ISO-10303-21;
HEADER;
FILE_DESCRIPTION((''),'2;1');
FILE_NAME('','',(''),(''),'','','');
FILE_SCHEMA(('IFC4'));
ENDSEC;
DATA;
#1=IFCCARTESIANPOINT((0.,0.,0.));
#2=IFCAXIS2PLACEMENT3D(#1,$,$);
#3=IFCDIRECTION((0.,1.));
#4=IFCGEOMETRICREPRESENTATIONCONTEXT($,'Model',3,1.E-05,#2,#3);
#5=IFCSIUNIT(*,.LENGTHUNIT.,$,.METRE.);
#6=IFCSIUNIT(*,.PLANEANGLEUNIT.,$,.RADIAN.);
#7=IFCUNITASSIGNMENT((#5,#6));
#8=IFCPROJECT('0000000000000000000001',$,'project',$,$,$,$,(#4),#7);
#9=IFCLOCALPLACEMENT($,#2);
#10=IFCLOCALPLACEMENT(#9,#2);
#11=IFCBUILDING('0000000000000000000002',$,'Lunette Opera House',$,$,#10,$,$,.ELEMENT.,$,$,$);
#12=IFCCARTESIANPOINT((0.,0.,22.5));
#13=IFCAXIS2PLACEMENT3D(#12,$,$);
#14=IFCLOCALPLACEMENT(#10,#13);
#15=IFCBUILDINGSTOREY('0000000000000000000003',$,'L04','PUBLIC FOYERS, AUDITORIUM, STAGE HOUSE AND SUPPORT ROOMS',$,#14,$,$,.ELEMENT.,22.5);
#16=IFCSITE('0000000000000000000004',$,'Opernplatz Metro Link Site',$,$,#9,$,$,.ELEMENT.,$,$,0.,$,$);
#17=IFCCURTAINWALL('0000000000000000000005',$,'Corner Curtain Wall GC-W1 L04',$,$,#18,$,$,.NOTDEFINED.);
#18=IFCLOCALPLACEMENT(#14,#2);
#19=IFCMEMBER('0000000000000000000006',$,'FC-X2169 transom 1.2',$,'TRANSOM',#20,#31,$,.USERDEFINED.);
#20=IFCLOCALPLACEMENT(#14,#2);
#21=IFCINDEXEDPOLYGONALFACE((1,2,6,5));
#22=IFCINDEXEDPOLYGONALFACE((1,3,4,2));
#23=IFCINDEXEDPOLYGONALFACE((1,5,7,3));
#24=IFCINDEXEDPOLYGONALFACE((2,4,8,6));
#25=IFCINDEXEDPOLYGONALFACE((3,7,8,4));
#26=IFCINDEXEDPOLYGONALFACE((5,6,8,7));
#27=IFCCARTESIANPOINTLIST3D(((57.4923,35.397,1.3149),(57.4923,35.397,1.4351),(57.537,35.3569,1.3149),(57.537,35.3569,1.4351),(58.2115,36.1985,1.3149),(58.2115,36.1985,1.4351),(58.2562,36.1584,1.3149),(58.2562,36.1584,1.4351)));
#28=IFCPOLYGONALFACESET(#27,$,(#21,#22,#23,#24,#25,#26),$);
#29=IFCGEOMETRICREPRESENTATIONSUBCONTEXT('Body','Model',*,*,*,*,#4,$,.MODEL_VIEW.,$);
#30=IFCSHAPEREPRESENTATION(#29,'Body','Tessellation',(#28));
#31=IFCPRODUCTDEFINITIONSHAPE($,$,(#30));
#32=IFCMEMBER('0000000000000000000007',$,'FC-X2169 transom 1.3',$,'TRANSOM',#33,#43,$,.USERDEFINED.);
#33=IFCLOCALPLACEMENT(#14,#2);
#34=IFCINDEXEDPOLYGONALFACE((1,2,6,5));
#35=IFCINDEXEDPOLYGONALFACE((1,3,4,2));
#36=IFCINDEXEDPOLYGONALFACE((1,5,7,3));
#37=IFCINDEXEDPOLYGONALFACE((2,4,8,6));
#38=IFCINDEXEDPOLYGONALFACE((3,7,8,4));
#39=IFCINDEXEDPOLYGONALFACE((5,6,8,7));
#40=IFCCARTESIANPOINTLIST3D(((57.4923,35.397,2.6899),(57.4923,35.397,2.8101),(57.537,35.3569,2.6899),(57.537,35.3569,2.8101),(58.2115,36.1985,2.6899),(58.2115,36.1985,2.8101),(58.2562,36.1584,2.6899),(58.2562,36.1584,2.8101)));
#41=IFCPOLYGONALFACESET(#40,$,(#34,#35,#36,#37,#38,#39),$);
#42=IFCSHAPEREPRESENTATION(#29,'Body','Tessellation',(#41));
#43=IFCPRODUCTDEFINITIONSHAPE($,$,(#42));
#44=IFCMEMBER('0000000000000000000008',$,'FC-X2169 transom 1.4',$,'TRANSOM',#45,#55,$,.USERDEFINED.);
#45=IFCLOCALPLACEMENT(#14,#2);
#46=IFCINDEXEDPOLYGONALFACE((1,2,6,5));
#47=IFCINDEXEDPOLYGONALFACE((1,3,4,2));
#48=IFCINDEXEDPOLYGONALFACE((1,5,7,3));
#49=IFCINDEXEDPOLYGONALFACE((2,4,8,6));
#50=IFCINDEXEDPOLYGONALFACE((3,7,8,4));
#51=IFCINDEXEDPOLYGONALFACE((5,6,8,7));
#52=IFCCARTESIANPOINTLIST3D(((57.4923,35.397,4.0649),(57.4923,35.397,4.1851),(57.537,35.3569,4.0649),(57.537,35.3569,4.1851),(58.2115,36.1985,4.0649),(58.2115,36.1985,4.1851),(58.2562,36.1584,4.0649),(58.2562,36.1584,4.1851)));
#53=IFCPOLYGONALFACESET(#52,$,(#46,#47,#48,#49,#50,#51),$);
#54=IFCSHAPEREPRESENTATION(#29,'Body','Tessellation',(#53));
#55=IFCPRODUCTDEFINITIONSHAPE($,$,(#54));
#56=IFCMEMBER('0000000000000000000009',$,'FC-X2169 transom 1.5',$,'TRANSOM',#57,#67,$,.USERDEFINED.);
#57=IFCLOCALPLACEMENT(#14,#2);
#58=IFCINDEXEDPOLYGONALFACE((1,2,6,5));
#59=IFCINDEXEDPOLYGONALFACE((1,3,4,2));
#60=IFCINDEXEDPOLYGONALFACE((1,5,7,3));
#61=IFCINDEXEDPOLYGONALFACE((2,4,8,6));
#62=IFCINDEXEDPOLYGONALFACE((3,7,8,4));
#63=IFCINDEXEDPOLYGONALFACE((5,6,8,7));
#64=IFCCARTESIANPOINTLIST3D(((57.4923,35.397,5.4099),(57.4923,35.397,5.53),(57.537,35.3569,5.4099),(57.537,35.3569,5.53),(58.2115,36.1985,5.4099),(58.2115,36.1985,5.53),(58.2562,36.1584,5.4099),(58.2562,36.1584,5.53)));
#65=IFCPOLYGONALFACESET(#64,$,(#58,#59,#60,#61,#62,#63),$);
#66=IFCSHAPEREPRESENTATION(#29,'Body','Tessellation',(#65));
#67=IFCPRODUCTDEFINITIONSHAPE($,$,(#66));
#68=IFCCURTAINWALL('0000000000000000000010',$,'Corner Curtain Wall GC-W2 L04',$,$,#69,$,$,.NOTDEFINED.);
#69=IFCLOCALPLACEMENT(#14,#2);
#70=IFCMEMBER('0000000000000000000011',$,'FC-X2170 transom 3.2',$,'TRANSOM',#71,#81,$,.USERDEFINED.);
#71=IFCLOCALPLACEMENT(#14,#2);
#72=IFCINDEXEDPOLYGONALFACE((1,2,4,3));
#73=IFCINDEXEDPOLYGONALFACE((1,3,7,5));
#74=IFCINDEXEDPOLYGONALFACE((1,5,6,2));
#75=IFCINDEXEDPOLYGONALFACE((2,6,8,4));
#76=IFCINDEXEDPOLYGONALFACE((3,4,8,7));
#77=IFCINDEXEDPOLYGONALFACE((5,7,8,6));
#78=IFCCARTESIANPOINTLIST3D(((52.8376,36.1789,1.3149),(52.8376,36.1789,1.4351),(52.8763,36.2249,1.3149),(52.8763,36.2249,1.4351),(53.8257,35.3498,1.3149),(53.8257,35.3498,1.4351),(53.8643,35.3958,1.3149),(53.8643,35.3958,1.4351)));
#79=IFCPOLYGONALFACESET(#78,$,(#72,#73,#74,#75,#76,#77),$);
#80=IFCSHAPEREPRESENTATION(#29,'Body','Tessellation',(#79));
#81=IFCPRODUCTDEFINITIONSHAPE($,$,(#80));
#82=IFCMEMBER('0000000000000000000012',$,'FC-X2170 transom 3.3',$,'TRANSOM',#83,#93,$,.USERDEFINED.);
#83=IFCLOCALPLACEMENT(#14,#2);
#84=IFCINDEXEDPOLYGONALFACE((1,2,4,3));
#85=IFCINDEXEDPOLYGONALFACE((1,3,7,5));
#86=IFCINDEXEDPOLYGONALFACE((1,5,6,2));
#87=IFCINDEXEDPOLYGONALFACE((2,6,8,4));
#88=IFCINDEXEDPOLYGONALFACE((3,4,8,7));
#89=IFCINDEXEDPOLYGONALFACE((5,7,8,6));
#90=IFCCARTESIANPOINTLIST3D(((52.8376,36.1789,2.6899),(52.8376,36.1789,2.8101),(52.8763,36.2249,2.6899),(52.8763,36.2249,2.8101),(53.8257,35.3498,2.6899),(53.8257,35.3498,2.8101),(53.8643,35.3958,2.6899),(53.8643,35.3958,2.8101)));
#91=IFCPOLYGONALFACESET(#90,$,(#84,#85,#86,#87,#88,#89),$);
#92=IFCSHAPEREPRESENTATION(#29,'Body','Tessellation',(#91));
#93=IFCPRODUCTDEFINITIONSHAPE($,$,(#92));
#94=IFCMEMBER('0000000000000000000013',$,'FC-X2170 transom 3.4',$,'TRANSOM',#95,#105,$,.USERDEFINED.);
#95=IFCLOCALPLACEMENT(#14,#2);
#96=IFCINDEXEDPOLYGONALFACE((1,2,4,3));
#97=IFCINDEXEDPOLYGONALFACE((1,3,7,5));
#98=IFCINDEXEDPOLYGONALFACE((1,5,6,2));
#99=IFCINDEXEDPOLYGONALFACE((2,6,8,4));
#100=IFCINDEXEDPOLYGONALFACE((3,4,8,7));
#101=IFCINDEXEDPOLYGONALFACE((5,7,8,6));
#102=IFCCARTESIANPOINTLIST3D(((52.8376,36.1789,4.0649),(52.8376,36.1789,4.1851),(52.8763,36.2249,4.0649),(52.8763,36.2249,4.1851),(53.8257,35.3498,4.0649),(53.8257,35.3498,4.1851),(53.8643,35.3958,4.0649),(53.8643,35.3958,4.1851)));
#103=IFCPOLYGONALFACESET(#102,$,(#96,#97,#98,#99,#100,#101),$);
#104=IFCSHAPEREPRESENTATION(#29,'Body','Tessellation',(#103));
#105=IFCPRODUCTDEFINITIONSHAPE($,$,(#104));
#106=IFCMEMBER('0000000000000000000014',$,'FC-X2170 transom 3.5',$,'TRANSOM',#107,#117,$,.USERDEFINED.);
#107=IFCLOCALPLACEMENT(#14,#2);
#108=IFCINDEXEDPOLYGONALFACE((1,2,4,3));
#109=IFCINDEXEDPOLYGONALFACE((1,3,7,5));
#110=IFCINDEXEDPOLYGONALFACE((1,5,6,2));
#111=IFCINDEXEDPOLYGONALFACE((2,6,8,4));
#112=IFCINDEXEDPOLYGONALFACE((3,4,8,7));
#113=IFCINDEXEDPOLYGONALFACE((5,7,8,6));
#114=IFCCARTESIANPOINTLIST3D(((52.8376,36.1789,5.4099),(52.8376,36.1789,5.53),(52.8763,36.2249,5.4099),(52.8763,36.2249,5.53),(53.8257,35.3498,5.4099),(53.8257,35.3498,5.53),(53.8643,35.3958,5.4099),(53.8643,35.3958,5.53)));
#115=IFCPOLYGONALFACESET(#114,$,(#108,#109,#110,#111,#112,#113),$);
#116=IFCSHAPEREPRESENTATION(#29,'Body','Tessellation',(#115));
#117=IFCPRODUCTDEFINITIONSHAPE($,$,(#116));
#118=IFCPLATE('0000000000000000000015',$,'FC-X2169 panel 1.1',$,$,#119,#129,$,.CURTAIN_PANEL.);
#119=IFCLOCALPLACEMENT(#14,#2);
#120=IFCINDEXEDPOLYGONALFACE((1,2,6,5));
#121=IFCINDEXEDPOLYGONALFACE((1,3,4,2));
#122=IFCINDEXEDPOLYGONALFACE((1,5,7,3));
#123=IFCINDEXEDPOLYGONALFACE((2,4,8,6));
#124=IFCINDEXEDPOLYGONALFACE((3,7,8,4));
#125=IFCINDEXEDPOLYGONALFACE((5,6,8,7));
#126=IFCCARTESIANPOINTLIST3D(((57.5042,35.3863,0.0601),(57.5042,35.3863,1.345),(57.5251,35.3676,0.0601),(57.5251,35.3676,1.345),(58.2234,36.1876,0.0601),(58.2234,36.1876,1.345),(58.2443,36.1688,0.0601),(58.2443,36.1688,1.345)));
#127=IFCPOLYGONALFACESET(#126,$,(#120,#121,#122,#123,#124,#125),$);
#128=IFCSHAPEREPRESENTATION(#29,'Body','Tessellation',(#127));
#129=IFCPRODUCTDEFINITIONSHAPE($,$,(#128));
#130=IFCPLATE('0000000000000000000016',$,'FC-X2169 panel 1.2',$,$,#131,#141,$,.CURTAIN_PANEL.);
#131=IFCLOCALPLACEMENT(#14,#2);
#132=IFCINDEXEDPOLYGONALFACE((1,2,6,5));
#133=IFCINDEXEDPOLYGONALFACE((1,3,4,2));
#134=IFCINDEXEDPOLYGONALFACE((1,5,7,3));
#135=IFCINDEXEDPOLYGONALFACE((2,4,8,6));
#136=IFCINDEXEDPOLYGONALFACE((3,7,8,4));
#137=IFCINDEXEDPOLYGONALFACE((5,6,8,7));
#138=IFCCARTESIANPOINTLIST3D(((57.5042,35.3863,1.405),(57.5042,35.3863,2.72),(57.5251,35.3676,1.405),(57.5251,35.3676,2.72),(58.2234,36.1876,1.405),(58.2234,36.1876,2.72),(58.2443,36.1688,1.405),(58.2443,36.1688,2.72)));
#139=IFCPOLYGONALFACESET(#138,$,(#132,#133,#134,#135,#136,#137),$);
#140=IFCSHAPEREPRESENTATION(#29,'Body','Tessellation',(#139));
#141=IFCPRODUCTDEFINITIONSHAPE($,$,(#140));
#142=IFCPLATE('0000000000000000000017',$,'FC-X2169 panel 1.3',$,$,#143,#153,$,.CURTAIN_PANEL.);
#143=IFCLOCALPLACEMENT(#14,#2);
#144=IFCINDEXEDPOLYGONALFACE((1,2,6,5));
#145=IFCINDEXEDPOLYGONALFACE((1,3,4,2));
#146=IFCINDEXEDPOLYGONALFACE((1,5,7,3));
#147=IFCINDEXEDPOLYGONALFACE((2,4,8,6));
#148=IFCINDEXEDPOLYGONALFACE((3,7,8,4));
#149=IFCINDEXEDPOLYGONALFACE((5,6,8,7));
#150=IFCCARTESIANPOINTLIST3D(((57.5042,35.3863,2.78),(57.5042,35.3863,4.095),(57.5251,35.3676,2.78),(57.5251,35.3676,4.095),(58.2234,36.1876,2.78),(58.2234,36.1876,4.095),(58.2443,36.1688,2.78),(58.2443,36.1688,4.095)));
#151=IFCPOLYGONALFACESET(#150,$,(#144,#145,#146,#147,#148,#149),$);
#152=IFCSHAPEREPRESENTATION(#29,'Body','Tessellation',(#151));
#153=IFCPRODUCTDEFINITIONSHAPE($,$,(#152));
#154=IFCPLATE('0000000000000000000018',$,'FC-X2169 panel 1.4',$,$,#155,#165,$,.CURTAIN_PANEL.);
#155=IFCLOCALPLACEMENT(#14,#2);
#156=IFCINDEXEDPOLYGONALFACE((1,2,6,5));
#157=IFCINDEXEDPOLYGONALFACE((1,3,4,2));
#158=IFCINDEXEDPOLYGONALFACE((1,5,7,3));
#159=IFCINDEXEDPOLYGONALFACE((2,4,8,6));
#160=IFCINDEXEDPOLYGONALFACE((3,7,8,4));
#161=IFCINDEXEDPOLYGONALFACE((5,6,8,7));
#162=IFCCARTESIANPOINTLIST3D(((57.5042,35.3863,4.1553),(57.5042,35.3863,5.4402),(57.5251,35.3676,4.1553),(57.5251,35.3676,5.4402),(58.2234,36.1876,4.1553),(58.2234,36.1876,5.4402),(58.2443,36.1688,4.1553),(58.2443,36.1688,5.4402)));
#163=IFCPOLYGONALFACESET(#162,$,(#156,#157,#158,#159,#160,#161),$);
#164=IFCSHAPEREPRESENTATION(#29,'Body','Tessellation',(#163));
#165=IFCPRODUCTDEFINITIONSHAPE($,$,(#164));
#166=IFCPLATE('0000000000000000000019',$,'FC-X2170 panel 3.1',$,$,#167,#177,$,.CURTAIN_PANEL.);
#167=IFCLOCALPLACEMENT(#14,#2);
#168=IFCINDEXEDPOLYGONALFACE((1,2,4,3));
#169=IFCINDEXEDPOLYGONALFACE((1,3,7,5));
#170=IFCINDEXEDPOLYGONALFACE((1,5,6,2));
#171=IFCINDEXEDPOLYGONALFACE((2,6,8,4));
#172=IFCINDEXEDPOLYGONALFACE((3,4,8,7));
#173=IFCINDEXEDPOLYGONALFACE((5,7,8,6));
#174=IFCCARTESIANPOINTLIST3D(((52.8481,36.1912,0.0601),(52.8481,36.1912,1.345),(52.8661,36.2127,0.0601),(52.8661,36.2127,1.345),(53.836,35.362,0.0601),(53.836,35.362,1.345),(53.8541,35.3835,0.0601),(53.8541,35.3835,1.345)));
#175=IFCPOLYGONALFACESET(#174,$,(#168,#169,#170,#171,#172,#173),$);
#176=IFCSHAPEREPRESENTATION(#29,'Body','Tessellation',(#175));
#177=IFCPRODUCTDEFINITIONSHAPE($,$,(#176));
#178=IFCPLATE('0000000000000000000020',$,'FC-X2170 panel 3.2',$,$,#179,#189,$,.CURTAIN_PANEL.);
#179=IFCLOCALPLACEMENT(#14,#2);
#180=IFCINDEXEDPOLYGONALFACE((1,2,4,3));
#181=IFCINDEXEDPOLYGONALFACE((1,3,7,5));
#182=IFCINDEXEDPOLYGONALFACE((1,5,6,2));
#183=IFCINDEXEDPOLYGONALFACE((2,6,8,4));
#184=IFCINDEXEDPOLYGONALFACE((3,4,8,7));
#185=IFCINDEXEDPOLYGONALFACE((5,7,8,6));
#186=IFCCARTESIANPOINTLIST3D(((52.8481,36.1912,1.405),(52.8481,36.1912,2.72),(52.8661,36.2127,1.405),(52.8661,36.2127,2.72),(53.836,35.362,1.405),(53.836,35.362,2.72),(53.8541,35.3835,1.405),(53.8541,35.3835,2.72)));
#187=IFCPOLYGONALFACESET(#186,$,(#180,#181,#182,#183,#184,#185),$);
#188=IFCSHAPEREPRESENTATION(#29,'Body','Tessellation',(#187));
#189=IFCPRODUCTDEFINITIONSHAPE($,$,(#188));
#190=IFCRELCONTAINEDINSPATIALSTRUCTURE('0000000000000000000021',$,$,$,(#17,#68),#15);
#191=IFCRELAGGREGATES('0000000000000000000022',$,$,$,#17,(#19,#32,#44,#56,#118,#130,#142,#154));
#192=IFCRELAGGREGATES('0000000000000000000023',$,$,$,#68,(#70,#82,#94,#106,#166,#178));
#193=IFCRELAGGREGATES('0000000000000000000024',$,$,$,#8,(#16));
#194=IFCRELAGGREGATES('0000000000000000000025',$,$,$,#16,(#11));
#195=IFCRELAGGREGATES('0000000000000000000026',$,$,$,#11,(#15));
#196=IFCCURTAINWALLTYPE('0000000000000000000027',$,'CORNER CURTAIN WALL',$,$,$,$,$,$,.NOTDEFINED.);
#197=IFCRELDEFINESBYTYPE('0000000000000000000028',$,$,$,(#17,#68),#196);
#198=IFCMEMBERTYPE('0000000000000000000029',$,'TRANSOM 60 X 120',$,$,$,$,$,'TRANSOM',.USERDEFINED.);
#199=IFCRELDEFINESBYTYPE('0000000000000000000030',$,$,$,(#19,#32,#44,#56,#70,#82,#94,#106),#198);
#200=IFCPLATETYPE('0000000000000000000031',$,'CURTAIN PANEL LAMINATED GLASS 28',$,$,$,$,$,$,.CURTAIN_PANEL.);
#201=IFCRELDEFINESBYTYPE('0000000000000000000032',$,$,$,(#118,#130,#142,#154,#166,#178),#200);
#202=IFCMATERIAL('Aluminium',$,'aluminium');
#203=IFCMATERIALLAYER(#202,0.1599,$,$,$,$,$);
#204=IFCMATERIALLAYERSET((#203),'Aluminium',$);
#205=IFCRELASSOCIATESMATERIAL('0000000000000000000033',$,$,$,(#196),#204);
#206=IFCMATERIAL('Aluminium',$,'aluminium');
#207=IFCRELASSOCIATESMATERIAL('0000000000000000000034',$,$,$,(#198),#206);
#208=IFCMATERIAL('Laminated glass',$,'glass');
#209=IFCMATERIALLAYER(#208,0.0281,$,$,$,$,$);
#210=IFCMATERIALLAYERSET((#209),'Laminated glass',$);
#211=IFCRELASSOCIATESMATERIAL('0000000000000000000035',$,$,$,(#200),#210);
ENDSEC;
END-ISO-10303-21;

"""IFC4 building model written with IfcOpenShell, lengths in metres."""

from ifc_helpers import new_model, si_unit, direction, frame, origin, origin_2d, place, context, subcontext, project, spatial, rectangle, extrude, material, layer, layer_set, material_profile, profile_set, type_object, element, aggregate, save


model = new_model("IFC4")

# Units and contexts
model_context = context("Model", 3, precision=1e-05, world=origin(), true_north=direction((0.0, 1.0)))
body_context = subcontext(model_context, "Body", "Model", "MODEL_VIEW")
ifc_project = project(units=[si_unit("LENGTHUNIT", "METRE"), si_unit("PLANEANGLEUNIT", "RADIAN")], contexts=[model_context])

# Site, building, storey
site_placement = place(None, origin())
site = spatial("IfcSite", under=ifc_project, at=site_placement, Name="Opernplatz Metro Link Site", CompositionType="ELEMENT", RefElevation=0.0)
building_placement = place(site_placement, origin())
building = spatial("IfcBuilding", under=site, at=building_placement, Name="Lunette Opera House", CompositionType="ELEMENT")
storey_placement = place(building_placement, frame((0.0, 0.0, 22.5)))
storey = spatial("IfcBuildingStorey", under=building, at=storey_placement, Name="L04", Description="PUBLIC FOYERS, AUDITORIUM, STAGE HOUSE AND SUPPORT ROOMS", CompositionType="ELEMENT", Elevation=22.5)

# Curtain wall
ifc_material_1 = material(Name="Aluminium", Category="aluminium")
ifc_layer_1 = layer(ifc_material_1, 0.1599)
ifc_layer_set_1 = layer_set([ifc_layer_1], Name="Aluminium")
curtain_wall_type = type_object("IfcCurtainWallType", Name="CORNER CURTAIN WALL", PredefinedType="NOTDEFINED", material=ifc_layer_set_1)
curtain_wall_1_placement = place(storey_placement, origin())
curtain_wall_1 = element("IfcCurtainWall", 1, at=curtain_wall_1_placement, inside=storey, type_object=curtain_wall_type, Name="Corner Curtain Wall GC-W1 L04", PredefinedType="NOTDEFINED")

# Members
ifc_material_2 = material(Name="Aluminium", Category="aluminium")
ifc_material_profile_1 = material_profile(ifc_material_2, rectangle(XDim=0.0601, YDim=0.1201, at=origin_2d()), Name="TRANSOM 60 X 120")
ifc_profile_set_1 = profile_set([ifc_material_profile_1], Name="Aluminium")
member_type_1 = type_object("IfcMemberType", Name="TRANSOM 60 X 120", ElementType="TRANSOM", PredefinedType="USERDEFINED", material=ifc_profile_set_1)
member_1_placement = place(storey_placement, frame((58.2339, 36.1785, 1.375), z_axis=(-0.667874, -0.744274, 0.0), x_axis=(0.744274, -0.667874, 0.0)))
member_1 = element("IfcMember", 2, at=member_1_placement, type_object=member_type_1, Name="FC-X2169 transom 1.2", ObjectType="TRANSOM", PredefinedType="USERDEFINED", context=body_context, shape_type="SweptSolid", body=[
    extrude(rectangle(XDim=0.0601, YDim=0.1201, at=origin_2d()), origin(), (0.0, 0.0, 1.0), 1.0769),
])
member_2_placement = place(storey_placement, frame((58.2339, 36.1785, 2.75), z_axis=(-0.667874, -0.744274, 0.0), x_axis=(0.744274, -0.667874, 0.0)))
member_2 = element("IfcMember", 3, at=member_2_placement, type_object=member_type_1, Name="FC-X2169 transom 1.3", ObjectType="TRANSOM", PredefinedType="USERDEFINED", context=body_context, shape_type="SweptSolid", body=[
    extrude(rectangle(XDim=0.0601, YDim=0.1201, at=origin_2d()), origin(), (0.0, 0.0, 1.0), 1.0769),
])
member_3_placement = place(storey_placement, frame((58.2339, 36.1785, 4.125), z_axis=(-0.667874, -0.744274, 0.0), x_axis=(0.744274, -0.667874, 0.0)))
member_3 = element("IfcMember", 4, at=member_3_placement, type_object=member_type_1, Name="FC-X2169 transom 1.4", ObjectType="TRANSOM", PredefinedType="USERDEFINED", context=body_context, shape_type="SweptSolid", body=[
    extrude(rectangle(XDim=0.0601, YDim=0.1201, at=origin_2d()), origin(), (0.0, 0.0, 1.0), 1.0769),
])
member_4_placement = place(storey_placement, frame((58.2339, 36.1785, 5.47), z_axis=(-0.667874, -0.744274, 0.0), x_axis=(0.744274, -0.667874, 0.0)))
member_4 = element("IfcMember", 5, at=member_4_placement, type_object=member_type_1, Name="FC-X2169 transom 1.5", ObjectType="TRANSOM", PredefinedType="USERDEFINED", context=body_context, shape_type="SweptSolid", body=[
    extrude(rectangle(XDim=0.0601, YDim=0.1201, at=origin_2d()), origin(), (0.0, 0.0, 1.0), 1.0769),
])

# Curtain wall, members
curtain_wall_2_placement = place(storey_placement, origin())
curtain_wall_2 = element("IfcCurtainWall", 6, at=curtain_wall_2_placement, inside=storey, type_object=curtain_wall_type, Name="Corner Curtain Wall GC-W2 L04", PredefinedType="NOTDEFINED")
member_5_placement = place(storey_placement, frame((53.845, 35.3728, 1.375), z_axis=(-0.766029, 0.642806, 0.0), x_axis=(-0.642806, -0.766029, 0.0)))
member_5 = element("IfcMember", 7, at=member_5_placement, type_object=member_type_1, Name="FC-X2170 transom 3.2", ObjectType="TRANSOM", PredefinedType="USERDEFINED", context=body_context, shape_type="SweptSolid", body=[
    extrude(rectangle(XDim=0.0601, YDim=0.1201, at=origin_2d()), origin(), (0.0, 0.0, 1.0), 1.2898),
])
member_6_placement = place(storey_placement, frame((53.845, 35.3728, 2.75), z_axis=(-0.766029, 0.642806, 0.0), x_axis=(-0.642806, -0.766029, 0.0)))
member_6 = element("IfcMember", 8, at=member_6_placement, type_object=member_type_1, Name="FC-X2170 transom 3.3", ObjectType="TRANSOM", PredefinedType="USERDEFINED", context=body_context, shape_type="SweptSolid", body=[
    extrude(rectangle(XDim=0.0601, YDim=0.1201, at=origin_2d()), origin(), (0.0, 0.0, 1.0), 1.2898),
])
member_7_placement = place(storey_placement, frame((53.845, 35.3728, 4.125), z_axis=(-0.766029, 0.642806, 0.0), x_axis=(-0.642806, -0.766029, 0.0)))
member_7 = element("IfcMember", 9, at=member_7_placement, type_object=member_type_1, Name="FC-X2170 transom 3.4", ObjectType="TRANSOM", PredefinedType="USERDEFINED", context=body_context, shape_type="SweptSolid", body=[
    extrude(rectangle(XDim=0.0601, YDim=0.1201, at=origin_2d()), origin(), (0.0, 0.0, 1.0), 1.2898),
])
member_8_placement = place(storey_placement, frame((53.845, 35.3728, 5.47), z_axis=(-0.766029, 0.642806, 0.0), x_axis=(-0.642806, -0.766029, 0.0)))
member_8 = element("IfcMember", 10, at=member_8_placement, type_object=member_type_1, Name="FC-X2170 transom 3.5", ObjectType="TRANSOM", PredefinedType="USERDEFINED", context=body_context, shape_type="SweptSolid", body=[
    extrude(rectangle(XDim=0.0601, YDim=0.1201, at=origin_2d()), origin(), (0.0, 0.0, 1.0), 1.2898),
])

# Plates
ifc_material_3 = material(Name="Laminated glass", Category="glass")
ifc_layer_2 = layer(ifc_material_3, 0.0281)
ifc_layer_set_2 = layer_set([ifc_layer_2], Name="Laminated glass")
plate_type = type_object("IfcPlateType", Name="CURTAIN PANEL LAMINATED GLASS 28", PredefinedType="CURTAIN_PANEL", material=ifc_layer_set_2)
plate_1_placement = place(storey_placement, frame((57.8743, 35.7776, 0.0601), z_axis=(0.0, 0.0, 1.0), x_axis=(-0.667938, -0.744217, 0.0)))
plate_1 = element("IfcPlate", 11, at=plate_1_placement, type_object=plate_type, Name="FC-X2169 panel 1.1", PredefinedType="CURTAIN_PANEL", context=body_context, shape_type="SweptSolid", body=[
    extrude(rectangle(XDim=1.0767, YDim=0.0281, at=origin_2d()), origin(), (0.0, 0.0, 1.0), 1.2849),
])
plate_2_placement = place(storey_placement, frame((57.8743, 35.7776, 1.405), z_axis=(0.0, 0.0, 1.0), x_axis=(-0.667938, -0.744217, 0.0)))
plate_2 = element("IfcPlate", 12, at=plate_2_placement, type_object=plate_type, Name="FC-X2169 panel 1.2", PredefinedType="CURTAIN_PANEL", context=body_context, shape_type="SweptSolid", body=[
    extrude(rectangle(XDim=1.0767, YDim=0.0281, at=origin_2d()), origin(), (0.0, 0.0, 1.0), 1.3149),
])
plate_3_placement = place(storey_placement, frame((57.8743, 35.7776, 2.78), z_axis=(0.0, 0.0, 1.0), x_axis=(-0.667938, -0.744217, 0.0)))
plate_3 = element("IfcPlate", 13, at=plate_3_placement, type_object=plate_type, Name="FC-X2169 panel 1.3", PredefinedType="CURTAIN_PANEL", context=body_context, shape_type="SweptSolid", body=[
    extrude(rectangle(XDim=1.0767, YDim=0.0281, at=origin_2d()), origin(), (0.0, 0.0, 1.0), 1.3149),
])
plate_4_placement = place(storey_placement, frame((57.8743, 35.7776, 4.1553), z_axis=(0.0, 0.0, 1.0), x_axis=(-0.667938, -0.744217, 0.0)))
plate_4 = element("IfcPlate", 14, at=plate_4_placement, type_object=plate_type, Name="FC-X2169 panel 1.4", PredefinedType="CURTAIN_PANEL", context=body_context, shape_type="SweptSolid", body=[
    extrude(rectangle(XDim=1.0767, YDim=0.0281, at=origin_2d()), origin(), (0.0, 0.0, 1.0), 1.2849),
])
aggregate(curtain_wall_1, [member_1, member_2, member_3, member_4, plate_1, plate_2, plate_3, plate_4])
plate_5_placement = place(storey_placement, frame((53.3511, 35.7874, 0.0601), z_axis=(0.0, 0.0, 1.0), x_axis=(-0.766, 0.64284, 0.0)))
plate_5 = element("IfcPlate", 15, at=plate_5_placement, type_object=plate_type, Name="FC-X2170 panel 3.1", PredefinedType="CURTAIN_PANEL", context=body_context, shape_type="SweptSolid", body=[
    extrude(rectangle(XDim=1.2898, YDim=0.0281, at=origin_2d()), origin(), (0.0, 0.0, 1.0), 1.2849),
])
plate_6_placement = place(storey_placement, frame((53.3511, 35.7874, 1.405), z_axis=(0.0, 0.0, 1.0), x_axis=(-0.766, 0.64284, 0.0)))
plate_6 = element("IfcPlate", 16, at=plate_6_placement, type_object=plate_type, Name="FC-X2170 panel 3.2", PredefinedType="CURTAIN_PANEL", context=body_context, shape_type="SweptSolid", body=[
    extrude(rectangle(XDim=1.2898, YDim=0.0281, at=origin_2d()), origin(), (0.0, 0.0, 1.0), 1.3149),
])
aggregate(curtain_wall_2, [member_5, member_6, member_7, member_8, plate_5, plate_6])

save(model, "model.ifc")
